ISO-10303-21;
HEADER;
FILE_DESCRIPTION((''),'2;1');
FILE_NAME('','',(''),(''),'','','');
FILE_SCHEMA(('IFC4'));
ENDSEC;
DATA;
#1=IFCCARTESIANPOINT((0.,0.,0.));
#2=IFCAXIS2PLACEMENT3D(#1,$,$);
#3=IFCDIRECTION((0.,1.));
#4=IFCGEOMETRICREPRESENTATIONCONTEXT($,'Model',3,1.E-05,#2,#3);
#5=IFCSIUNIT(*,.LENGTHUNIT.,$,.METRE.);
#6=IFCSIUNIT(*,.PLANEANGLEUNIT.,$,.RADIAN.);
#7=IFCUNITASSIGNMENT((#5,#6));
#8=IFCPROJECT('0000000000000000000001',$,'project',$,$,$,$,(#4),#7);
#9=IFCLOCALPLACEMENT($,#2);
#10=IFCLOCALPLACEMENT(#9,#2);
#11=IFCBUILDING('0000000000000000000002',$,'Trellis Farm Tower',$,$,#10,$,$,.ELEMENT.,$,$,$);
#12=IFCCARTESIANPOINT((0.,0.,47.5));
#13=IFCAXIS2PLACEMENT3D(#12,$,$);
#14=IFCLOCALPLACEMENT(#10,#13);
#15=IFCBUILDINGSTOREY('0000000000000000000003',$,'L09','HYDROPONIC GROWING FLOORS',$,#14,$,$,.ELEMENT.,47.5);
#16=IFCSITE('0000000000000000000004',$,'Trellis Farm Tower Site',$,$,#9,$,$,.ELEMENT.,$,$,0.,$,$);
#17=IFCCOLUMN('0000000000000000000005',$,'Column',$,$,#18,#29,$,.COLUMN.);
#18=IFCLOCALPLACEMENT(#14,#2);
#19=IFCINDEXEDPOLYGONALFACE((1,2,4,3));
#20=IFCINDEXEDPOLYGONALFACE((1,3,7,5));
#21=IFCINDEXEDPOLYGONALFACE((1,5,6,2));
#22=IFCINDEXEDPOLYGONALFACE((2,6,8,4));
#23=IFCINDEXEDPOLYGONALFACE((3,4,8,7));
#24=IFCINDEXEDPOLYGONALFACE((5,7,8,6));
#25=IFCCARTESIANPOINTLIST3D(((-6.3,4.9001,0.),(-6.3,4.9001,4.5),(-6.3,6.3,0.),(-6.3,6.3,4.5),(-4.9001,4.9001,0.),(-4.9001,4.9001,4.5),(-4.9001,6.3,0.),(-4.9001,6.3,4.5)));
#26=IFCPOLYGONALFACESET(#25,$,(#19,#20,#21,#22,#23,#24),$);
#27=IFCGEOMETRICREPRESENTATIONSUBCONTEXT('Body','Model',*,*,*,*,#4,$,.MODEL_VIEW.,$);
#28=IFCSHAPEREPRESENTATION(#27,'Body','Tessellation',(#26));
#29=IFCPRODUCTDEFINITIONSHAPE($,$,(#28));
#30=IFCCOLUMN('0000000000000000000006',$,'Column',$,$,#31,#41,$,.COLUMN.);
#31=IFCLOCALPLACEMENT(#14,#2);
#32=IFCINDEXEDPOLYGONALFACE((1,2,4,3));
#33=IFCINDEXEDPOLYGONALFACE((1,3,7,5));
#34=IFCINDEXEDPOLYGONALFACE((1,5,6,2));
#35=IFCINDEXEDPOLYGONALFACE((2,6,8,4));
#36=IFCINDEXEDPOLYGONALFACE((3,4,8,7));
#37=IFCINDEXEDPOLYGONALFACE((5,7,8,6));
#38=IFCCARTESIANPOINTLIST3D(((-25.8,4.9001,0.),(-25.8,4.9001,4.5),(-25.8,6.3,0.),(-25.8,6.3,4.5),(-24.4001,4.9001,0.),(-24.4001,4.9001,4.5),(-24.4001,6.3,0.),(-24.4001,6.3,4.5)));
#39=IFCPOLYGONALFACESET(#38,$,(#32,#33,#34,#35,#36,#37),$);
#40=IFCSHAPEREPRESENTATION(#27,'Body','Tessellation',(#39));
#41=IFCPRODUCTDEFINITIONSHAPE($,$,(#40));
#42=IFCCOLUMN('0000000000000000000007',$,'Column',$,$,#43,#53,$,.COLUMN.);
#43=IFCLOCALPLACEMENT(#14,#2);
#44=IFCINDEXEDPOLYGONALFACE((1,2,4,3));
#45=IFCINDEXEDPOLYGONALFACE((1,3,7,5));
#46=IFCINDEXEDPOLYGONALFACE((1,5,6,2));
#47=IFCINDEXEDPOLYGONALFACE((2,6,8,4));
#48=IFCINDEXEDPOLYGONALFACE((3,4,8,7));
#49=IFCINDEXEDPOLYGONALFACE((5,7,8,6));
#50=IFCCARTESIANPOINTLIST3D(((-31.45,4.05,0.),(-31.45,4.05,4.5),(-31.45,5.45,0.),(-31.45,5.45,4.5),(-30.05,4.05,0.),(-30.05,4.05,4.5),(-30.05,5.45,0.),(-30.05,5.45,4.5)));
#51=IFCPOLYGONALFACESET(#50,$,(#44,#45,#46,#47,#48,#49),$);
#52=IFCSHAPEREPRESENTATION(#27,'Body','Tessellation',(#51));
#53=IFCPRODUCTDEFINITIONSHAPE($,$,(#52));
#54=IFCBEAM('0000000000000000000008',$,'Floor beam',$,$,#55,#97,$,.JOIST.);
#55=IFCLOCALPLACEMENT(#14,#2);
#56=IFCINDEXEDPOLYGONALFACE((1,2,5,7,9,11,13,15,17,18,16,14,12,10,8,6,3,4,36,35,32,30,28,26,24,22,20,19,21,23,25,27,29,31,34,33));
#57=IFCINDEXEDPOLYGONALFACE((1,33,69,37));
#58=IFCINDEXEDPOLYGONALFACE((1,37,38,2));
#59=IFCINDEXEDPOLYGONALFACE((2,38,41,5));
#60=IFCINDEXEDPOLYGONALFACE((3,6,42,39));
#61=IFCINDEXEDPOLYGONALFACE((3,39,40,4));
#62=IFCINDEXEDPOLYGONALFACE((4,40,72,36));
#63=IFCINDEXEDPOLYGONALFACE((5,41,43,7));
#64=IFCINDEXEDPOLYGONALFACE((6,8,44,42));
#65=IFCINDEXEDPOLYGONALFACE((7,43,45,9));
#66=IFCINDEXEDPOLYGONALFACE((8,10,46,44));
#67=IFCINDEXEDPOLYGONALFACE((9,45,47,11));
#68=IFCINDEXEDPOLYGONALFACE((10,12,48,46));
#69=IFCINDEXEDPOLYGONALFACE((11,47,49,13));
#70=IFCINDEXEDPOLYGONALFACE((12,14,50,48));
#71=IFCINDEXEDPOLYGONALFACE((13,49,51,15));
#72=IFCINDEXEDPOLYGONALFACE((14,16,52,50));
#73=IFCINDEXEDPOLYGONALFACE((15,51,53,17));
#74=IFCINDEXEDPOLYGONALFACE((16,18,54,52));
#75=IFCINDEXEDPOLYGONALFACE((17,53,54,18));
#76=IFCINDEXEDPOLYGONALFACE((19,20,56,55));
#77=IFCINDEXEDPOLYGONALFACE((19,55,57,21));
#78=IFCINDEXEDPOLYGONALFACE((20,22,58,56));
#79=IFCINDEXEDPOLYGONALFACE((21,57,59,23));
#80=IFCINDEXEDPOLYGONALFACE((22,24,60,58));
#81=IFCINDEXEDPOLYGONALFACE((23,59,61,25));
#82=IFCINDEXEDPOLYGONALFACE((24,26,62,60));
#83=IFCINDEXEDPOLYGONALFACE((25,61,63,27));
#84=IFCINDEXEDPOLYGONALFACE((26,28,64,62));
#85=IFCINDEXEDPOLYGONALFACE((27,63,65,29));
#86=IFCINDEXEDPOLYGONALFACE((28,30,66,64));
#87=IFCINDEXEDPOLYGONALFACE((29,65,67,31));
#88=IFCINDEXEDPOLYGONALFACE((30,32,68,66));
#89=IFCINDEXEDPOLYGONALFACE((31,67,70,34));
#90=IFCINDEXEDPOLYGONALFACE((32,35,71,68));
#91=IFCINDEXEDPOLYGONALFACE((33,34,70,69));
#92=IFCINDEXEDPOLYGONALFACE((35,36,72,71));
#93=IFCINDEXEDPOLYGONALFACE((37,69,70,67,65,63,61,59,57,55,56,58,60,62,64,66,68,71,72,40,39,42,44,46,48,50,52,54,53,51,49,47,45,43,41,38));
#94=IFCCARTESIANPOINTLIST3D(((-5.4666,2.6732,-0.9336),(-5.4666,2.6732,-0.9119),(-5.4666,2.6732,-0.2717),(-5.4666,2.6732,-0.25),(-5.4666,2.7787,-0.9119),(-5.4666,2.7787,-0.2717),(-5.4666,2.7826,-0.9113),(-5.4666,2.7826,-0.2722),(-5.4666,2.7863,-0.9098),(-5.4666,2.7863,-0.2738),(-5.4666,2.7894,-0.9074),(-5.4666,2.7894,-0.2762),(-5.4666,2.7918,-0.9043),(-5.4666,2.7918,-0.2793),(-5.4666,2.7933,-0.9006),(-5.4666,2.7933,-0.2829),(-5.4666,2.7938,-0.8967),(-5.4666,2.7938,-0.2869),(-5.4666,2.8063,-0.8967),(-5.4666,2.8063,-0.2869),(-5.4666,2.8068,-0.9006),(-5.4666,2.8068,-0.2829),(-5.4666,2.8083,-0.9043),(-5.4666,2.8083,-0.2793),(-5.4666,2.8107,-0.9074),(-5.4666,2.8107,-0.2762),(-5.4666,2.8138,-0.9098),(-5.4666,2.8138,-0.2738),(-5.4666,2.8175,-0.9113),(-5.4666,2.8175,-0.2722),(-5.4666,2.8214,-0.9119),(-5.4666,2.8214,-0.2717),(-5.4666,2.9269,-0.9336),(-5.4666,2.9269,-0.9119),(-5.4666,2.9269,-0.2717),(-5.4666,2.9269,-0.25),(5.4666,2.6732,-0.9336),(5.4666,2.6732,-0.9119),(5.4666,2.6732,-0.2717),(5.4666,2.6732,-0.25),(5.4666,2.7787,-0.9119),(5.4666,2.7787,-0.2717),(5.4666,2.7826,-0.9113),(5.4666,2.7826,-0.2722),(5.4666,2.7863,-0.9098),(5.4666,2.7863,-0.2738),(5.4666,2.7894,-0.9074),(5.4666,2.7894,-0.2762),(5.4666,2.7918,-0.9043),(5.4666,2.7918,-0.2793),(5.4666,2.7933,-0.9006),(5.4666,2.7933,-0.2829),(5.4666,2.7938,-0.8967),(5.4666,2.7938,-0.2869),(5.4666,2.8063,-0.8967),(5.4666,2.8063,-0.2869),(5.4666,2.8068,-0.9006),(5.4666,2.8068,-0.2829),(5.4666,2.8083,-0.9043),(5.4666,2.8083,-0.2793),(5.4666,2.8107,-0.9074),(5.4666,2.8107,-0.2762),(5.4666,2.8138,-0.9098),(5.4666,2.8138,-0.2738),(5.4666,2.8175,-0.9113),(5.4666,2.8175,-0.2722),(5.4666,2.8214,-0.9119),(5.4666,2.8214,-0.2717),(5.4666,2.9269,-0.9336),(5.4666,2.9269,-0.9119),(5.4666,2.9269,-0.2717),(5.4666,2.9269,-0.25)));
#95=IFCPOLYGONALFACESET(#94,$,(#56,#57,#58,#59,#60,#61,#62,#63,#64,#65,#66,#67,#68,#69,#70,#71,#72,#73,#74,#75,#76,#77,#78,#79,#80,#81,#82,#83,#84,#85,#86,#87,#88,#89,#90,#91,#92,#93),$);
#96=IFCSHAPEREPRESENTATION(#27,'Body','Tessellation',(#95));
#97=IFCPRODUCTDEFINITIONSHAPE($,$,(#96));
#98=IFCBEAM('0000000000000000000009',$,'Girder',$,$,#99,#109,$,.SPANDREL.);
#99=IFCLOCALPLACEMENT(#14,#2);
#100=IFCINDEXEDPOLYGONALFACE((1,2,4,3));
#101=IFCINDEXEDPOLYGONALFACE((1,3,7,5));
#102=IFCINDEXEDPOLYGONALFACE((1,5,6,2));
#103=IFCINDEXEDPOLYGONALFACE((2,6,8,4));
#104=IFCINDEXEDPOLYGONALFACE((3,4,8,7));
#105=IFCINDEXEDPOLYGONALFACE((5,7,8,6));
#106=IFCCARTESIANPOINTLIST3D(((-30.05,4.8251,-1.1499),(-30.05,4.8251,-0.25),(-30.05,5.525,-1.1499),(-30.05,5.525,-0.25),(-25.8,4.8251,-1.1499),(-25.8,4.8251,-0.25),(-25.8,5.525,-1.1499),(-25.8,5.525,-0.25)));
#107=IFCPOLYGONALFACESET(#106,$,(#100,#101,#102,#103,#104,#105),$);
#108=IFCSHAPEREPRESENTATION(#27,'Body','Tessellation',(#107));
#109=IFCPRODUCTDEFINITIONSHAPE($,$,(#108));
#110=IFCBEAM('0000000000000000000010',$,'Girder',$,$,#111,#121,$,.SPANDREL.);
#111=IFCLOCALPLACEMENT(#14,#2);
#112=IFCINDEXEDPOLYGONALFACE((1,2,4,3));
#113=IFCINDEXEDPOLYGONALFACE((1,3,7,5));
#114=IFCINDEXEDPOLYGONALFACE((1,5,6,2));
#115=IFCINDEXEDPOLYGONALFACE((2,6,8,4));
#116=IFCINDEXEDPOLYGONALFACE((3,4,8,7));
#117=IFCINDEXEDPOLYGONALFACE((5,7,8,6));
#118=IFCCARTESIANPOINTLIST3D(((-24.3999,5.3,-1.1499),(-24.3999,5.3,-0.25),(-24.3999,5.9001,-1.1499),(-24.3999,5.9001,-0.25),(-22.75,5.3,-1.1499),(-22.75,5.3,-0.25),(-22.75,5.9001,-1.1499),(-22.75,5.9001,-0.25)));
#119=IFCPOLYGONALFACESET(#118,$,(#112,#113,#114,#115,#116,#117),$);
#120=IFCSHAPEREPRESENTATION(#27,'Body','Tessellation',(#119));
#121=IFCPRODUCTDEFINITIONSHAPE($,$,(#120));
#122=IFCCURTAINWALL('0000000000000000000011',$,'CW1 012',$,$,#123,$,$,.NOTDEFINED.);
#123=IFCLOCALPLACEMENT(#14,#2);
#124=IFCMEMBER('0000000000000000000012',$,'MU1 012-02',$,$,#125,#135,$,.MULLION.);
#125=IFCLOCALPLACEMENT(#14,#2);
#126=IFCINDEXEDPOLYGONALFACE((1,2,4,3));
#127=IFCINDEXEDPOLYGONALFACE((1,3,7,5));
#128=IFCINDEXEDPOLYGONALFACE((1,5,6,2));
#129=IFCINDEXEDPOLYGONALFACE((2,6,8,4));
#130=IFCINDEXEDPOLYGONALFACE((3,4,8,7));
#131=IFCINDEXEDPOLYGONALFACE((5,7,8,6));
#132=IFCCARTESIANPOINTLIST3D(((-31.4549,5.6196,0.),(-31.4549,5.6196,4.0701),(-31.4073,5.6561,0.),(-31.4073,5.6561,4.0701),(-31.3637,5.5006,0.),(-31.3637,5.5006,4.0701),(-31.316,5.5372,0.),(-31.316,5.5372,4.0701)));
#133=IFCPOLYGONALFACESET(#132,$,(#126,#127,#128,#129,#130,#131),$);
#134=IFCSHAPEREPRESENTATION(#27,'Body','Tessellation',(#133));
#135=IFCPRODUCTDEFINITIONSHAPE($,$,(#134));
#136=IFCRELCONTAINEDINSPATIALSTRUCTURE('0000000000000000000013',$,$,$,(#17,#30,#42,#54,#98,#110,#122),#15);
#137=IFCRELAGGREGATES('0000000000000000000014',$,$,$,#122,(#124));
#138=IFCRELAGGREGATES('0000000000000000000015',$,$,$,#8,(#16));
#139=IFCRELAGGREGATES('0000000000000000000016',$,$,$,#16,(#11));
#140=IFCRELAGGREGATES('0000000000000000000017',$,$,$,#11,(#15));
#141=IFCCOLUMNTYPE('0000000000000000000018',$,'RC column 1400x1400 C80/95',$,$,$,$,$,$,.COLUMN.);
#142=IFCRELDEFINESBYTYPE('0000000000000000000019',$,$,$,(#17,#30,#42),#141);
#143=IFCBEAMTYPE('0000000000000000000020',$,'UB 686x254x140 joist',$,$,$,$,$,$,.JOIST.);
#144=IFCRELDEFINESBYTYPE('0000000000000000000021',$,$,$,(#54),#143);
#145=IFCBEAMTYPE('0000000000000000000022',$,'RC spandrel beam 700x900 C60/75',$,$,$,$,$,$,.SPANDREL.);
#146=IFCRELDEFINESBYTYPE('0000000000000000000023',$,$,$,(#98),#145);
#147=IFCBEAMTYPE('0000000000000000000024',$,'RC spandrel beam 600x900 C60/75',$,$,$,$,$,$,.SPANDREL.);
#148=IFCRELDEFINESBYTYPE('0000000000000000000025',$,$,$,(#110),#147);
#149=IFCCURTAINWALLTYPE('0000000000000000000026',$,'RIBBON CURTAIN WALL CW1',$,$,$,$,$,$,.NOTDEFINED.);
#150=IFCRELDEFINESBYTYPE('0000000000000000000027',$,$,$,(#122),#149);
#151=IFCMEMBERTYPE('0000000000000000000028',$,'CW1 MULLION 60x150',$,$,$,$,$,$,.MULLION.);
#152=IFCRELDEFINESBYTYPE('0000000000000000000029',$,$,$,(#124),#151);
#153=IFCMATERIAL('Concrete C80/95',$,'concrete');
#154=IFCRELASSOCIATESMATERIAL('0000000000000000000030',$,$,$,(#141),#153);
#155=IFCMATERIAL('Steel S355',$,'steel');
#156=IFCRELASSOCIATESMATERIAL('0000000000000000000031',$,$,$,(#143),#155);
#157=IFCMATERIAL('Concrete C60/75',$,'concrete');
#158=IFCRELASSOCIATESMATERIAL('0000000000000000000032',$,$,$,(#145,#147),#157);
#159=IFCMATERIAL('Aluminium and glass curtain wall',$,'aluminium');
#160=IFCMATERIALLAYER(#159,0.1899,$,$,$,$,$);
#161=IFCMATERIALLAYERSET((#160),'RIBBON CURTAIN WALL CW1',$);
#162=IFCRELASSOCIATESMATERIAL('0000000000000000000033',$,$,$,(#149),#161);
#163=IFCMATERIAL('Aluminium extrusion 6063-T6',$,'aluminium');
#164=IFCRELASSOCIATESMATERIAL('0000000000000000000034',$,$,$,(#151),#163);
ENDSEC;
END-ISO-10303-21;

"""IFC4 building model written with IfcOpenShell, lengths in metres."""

from ifc_helpers import new_model, si_unit, direction, frame, origin, origin_2d, place, context, subcontext, project, spatial, rectangle, i_section, extrude, source, transform, mapped, material, layer, layer_set, material_profile, profile_set, type_object, element, aggregate, save


model = new_model("IFC4")

# Units and contexts
model_context = context("Model", 3, precision=1e-05, world=origin(), true_north=direction((0.0, 1.0)))
body_context = subcontext(model_context, "Body", "Model", "MODEL_VIEW")
ifc_project = project(units=[si_unit("LENGTHUNIT", "METRE"), si_unit("PLANEANGLEUNIT", "RADIAN")], contexts=[model_context])

# Site, building, storey
site_placement = place(None, origin())
site = spatial("IfcSite", under=ifc_project, at=site_placement, Name="Trellis Farm Tower Site", CompositionType="ELEMENT", RefElevation=0.0)
building_placement = place(site_placement, origin())
building = spatial("IfcBuilding", under=site, at=building_placement, Name="Trellis Farm Tower", CompositionType="ELEMENT")
storey_placement = place(building_placement, frame((0.0, 0.0, 47.5)))
storey = spatial("IfcBuildingStorey", under=building, at=storey_placement, Name="L09", Description="HYDROPONIC GROWING FLOORS", CompositionType="ELEMENT", Elevation=47.5)

# Columns
ifc_material_1 = material(Name="Concrete C80/95", Category="concrete")
ifc_material_profile_1 = material_profile(ifc_material_1, rectangle(XDim=1.3999, YDim=1.3999, at=origin_2d()), Name="RC column 1400x1400 C80/95")
ifc_profile_set_1 = profile_set([ifc_material_profile_1], Name="Concrete C80/95")
column_type = type_object("IfcColumnType", Name="RC column 1400x1400 C80/95", PredefinedType="COLUMN", material=ifc_profile_set_1)
shared_shape_1 = source(origin(), body_context, "Body", "SweptSolid", [
    extrude(rectangle(XDim=1.3999, YDim=1.3999, at=origin_2d()), origin(), (0.0, 0.0, 1.0), 4.5),
])
for number, where, z_axis, x_axis, name in (
    (1, (-5.6001, 5.6001, 0.0), (0.0, 0.0, 1.0), (1.0, 0.0, 0.0), "Column"),
    (2, (-25.1001, 5.6001, 0.0), (0.0, 0.0, 1.0), (1.0, 0.0, 0.0), "Column"),
    (3, (-30.75, 4.75, 0.0), (0.0, 0.0, 1.0), (1.0, 0.0, 0.0), "Column"),
):
    element("IfcColumn", number, at=place(storey_placement, frame(where, z_axis=z_axis, x_axis=x_axis)), inside=storey, type_object=column_type, Name=name, PredefinedType="COLUMN", context=body_context, shape_type="MappedRepresentation", body=[
        mapped(shared_shape_1, transform((0.0, 0.0, 0.0))),
    ])

# Beams
ifc_material_2 = material(Name="Steel S355", Category="steel")
ifc_material_profile_2 = material_profile(ifc_material_2, i_section(OverallWidth=0.2537, OverallDepth=0.6836, WebThickness=0.0125, FlangeThickness=0.0217, FilletRadius=0.0151, at=origin_2d()), Name="UB 686x254x140")
ifc_profile_set_2 = profile_set([ifc_material_profile_2], Name="Steel S355")
beam_type_1 = type_object("IfcBeamType", Name="UB 686x254x140 joist", PredefinedType="JOIST", material=ifc_profile_set_2)
shared_shape_2 = source(origin(), body_context, "Body", "SweptSolid", [
    extrude(i_section(OverallWidth=0.2537, OverallDepth=0.6836, WebThickness=0.0125, FlangeThickness=0.0217, FilletRadius=0.0151, at=origin_2d()), origin(), (0.0, 0.0, 1.0), 10.9331),
])
beam_1_placement = place(storey_placement, frame((-5.4666, 2.8, -0.5918), z_axis=(1.0, 0.0, 0.0), x_axis=(0.0, 1.0, 0.0)))
element("IfcBeam", 4, at=beam_1_placement, inside=storey, type_object=beam_type_1, Name="Floor beam", PredefinedType="JOIST", context=body_context, shape_type="MappedRepresentation", body=[
    mapped(shared_shape_2, transform((0.0, 0.0, 0.0))),
])
ifc_material_3 = material(Name="Concrete C60/75", Category="concrete")
ifc_material_profile_3 = material_profile(ifc_material_3, rectangle(XDim=0.7, YDim=0.8999, at=origin_2d()), Name="RC spandrel beam 700x900 C60/75")
ifc_profile_set_3 = profile_set([ifc_material_profile_3], Name="Concrete C60/75")
beam_type_2 = type_object("IfcBeamType", Name="RC spandrel beam 700x900 C60/75", PredefinedType="SPANDREL", material=ifc_profile_set_3)
shared_shape_3 = source(origin(), body_context, "Body", "SweptSolid", [
    extrude(rectangle(XDim=0.7, YDim=0.8999, at=origin_2d()), origin(), (0.0, 0.0, 1.0), 4.25),
])
beam_2_placement = place(storey_placement, frame((-30.05, 5.175, -0.7), z_axis=(1.0, 0.0, 0.0), x_axis=(0.0, 1.0, 0.0)))
element("IfcBeam", 5, at=beam_2_placement, inside=storey, type_object=beam_type_2, Name="Girder", PredefinedType="SPANDREL", context=body_context, shape_type="MappedRepresentation", body=[
    mapped(shared_shape_3, transform((0.0, 0.0, 0.0))),
])
ifc_material_profile_4 = material_profile(ifc_material_3, rectangle(XDim=0.6001, YDim=0.8999, at=origin_2d()), Name="RC spandrel beam 600x900 C60/75")
ifc_profile_set_4 = profile_set([ifc_material_profile_4], Name="Concrete C60/75")
beam_type_3 = type_object("IfcBeamType", Name="RC spandrel beam 600x900 C60/75", PredefinedType="SPANDREL", material=ifc_profile_set_4)
shared_shape_4 = source(origin(), body_context, "Body", "SweptSolid", [
    extrude(rectangle(XDim=0.6001, YDim=0.8999, at=origin_2d()), origin(), (0.0, 0.0, 1.0), 1.6499),
])
beam_3_placement = place(storey_placement, frame((-24.3999, 5.6001, -0.7), z_axis=(1.0, 0.0, 0.0), x_axis=(0.0, 1.0, 0.0)))
element("IfcBeam", 6, at=beam_3_placement, inside=storey, type_object=beam_type_3, Name="Girder", PredefinedType="SPANDREL", context=body_context, shape_type="MappedRepresentation", body=[
    mapped(shared_shape_4, transform((0.0, 0.0, 0.0))),
])

# Curtain wall, member
ifc_material_4 = material(Name="Aluminium and glass curtain wall", Category="aluminium")
ifc_layer_1 = layer(ifc_material_4, 0.1899)
ifc_layer_set_1 = layer_set([ifc_layer_1], Name="RIBBON CURTAIN WALL CW1")
curtain_wall_type = type_object("IfcCurtainWallType", Name="RIBBON CURTAIN WALL CW1", PredefinedType="NOTDEFINED", material=ifc_layer_set_1)
placement = place(storey_placement, origin())
curtain_wall = element("IfcCurtainWall", 7, at=placement, inside=storey, type_object=curtain_wall_type, Name="CW1 012", PredefinedType="NOTDEFINED")
ifc_material_5 = material(Name="Aluminium extrusion 6063-T6", Category="aluminium")
ifc_material_profile_5 = material_profile(ifc_material_5, rectangle(XDim=0.0601, YDim=0.1499, at=origin_2d()), Name="MULLION 60x150")
ifc_profile_set_5 = profile_set([ifc_material_profile_5], Name="Aluminium extrusion 6063-T6")
member_type = type_object("IfcMemberType", Name="CW1 MULLION 60x150", PredefinedType="MULLION", material=ifc_profile_set_5)
shared_shape_5 = source(origin(), body_context, "Body", "SweptSolid", [
    extrude(rectangle(XDim=0.0601, YDim=0.1499, at=origin_2d()), origin(), (0.0, 0.0, 1.0), 4.0701),
])
member_placement = place(storey_placement, frame((-31.3855, 5.5784, 0.0), z_axis=(0.0, 0.0, 1.0), x_axis=(-0.793353, -0.608761, 0.0)))
member = element("IfcMember", 8, at=member_placement, type_object=member_type, Name="MU1 012-02", PredefinedType="MULLION", context=body_context, shape_type="MappedRepresentation", body=[
    mapped(shared_shape_5, transform((0.0, 0.0, 0.0))),
])
aggregate(curtain_wall, [member])

save(model, "model.ifc")
